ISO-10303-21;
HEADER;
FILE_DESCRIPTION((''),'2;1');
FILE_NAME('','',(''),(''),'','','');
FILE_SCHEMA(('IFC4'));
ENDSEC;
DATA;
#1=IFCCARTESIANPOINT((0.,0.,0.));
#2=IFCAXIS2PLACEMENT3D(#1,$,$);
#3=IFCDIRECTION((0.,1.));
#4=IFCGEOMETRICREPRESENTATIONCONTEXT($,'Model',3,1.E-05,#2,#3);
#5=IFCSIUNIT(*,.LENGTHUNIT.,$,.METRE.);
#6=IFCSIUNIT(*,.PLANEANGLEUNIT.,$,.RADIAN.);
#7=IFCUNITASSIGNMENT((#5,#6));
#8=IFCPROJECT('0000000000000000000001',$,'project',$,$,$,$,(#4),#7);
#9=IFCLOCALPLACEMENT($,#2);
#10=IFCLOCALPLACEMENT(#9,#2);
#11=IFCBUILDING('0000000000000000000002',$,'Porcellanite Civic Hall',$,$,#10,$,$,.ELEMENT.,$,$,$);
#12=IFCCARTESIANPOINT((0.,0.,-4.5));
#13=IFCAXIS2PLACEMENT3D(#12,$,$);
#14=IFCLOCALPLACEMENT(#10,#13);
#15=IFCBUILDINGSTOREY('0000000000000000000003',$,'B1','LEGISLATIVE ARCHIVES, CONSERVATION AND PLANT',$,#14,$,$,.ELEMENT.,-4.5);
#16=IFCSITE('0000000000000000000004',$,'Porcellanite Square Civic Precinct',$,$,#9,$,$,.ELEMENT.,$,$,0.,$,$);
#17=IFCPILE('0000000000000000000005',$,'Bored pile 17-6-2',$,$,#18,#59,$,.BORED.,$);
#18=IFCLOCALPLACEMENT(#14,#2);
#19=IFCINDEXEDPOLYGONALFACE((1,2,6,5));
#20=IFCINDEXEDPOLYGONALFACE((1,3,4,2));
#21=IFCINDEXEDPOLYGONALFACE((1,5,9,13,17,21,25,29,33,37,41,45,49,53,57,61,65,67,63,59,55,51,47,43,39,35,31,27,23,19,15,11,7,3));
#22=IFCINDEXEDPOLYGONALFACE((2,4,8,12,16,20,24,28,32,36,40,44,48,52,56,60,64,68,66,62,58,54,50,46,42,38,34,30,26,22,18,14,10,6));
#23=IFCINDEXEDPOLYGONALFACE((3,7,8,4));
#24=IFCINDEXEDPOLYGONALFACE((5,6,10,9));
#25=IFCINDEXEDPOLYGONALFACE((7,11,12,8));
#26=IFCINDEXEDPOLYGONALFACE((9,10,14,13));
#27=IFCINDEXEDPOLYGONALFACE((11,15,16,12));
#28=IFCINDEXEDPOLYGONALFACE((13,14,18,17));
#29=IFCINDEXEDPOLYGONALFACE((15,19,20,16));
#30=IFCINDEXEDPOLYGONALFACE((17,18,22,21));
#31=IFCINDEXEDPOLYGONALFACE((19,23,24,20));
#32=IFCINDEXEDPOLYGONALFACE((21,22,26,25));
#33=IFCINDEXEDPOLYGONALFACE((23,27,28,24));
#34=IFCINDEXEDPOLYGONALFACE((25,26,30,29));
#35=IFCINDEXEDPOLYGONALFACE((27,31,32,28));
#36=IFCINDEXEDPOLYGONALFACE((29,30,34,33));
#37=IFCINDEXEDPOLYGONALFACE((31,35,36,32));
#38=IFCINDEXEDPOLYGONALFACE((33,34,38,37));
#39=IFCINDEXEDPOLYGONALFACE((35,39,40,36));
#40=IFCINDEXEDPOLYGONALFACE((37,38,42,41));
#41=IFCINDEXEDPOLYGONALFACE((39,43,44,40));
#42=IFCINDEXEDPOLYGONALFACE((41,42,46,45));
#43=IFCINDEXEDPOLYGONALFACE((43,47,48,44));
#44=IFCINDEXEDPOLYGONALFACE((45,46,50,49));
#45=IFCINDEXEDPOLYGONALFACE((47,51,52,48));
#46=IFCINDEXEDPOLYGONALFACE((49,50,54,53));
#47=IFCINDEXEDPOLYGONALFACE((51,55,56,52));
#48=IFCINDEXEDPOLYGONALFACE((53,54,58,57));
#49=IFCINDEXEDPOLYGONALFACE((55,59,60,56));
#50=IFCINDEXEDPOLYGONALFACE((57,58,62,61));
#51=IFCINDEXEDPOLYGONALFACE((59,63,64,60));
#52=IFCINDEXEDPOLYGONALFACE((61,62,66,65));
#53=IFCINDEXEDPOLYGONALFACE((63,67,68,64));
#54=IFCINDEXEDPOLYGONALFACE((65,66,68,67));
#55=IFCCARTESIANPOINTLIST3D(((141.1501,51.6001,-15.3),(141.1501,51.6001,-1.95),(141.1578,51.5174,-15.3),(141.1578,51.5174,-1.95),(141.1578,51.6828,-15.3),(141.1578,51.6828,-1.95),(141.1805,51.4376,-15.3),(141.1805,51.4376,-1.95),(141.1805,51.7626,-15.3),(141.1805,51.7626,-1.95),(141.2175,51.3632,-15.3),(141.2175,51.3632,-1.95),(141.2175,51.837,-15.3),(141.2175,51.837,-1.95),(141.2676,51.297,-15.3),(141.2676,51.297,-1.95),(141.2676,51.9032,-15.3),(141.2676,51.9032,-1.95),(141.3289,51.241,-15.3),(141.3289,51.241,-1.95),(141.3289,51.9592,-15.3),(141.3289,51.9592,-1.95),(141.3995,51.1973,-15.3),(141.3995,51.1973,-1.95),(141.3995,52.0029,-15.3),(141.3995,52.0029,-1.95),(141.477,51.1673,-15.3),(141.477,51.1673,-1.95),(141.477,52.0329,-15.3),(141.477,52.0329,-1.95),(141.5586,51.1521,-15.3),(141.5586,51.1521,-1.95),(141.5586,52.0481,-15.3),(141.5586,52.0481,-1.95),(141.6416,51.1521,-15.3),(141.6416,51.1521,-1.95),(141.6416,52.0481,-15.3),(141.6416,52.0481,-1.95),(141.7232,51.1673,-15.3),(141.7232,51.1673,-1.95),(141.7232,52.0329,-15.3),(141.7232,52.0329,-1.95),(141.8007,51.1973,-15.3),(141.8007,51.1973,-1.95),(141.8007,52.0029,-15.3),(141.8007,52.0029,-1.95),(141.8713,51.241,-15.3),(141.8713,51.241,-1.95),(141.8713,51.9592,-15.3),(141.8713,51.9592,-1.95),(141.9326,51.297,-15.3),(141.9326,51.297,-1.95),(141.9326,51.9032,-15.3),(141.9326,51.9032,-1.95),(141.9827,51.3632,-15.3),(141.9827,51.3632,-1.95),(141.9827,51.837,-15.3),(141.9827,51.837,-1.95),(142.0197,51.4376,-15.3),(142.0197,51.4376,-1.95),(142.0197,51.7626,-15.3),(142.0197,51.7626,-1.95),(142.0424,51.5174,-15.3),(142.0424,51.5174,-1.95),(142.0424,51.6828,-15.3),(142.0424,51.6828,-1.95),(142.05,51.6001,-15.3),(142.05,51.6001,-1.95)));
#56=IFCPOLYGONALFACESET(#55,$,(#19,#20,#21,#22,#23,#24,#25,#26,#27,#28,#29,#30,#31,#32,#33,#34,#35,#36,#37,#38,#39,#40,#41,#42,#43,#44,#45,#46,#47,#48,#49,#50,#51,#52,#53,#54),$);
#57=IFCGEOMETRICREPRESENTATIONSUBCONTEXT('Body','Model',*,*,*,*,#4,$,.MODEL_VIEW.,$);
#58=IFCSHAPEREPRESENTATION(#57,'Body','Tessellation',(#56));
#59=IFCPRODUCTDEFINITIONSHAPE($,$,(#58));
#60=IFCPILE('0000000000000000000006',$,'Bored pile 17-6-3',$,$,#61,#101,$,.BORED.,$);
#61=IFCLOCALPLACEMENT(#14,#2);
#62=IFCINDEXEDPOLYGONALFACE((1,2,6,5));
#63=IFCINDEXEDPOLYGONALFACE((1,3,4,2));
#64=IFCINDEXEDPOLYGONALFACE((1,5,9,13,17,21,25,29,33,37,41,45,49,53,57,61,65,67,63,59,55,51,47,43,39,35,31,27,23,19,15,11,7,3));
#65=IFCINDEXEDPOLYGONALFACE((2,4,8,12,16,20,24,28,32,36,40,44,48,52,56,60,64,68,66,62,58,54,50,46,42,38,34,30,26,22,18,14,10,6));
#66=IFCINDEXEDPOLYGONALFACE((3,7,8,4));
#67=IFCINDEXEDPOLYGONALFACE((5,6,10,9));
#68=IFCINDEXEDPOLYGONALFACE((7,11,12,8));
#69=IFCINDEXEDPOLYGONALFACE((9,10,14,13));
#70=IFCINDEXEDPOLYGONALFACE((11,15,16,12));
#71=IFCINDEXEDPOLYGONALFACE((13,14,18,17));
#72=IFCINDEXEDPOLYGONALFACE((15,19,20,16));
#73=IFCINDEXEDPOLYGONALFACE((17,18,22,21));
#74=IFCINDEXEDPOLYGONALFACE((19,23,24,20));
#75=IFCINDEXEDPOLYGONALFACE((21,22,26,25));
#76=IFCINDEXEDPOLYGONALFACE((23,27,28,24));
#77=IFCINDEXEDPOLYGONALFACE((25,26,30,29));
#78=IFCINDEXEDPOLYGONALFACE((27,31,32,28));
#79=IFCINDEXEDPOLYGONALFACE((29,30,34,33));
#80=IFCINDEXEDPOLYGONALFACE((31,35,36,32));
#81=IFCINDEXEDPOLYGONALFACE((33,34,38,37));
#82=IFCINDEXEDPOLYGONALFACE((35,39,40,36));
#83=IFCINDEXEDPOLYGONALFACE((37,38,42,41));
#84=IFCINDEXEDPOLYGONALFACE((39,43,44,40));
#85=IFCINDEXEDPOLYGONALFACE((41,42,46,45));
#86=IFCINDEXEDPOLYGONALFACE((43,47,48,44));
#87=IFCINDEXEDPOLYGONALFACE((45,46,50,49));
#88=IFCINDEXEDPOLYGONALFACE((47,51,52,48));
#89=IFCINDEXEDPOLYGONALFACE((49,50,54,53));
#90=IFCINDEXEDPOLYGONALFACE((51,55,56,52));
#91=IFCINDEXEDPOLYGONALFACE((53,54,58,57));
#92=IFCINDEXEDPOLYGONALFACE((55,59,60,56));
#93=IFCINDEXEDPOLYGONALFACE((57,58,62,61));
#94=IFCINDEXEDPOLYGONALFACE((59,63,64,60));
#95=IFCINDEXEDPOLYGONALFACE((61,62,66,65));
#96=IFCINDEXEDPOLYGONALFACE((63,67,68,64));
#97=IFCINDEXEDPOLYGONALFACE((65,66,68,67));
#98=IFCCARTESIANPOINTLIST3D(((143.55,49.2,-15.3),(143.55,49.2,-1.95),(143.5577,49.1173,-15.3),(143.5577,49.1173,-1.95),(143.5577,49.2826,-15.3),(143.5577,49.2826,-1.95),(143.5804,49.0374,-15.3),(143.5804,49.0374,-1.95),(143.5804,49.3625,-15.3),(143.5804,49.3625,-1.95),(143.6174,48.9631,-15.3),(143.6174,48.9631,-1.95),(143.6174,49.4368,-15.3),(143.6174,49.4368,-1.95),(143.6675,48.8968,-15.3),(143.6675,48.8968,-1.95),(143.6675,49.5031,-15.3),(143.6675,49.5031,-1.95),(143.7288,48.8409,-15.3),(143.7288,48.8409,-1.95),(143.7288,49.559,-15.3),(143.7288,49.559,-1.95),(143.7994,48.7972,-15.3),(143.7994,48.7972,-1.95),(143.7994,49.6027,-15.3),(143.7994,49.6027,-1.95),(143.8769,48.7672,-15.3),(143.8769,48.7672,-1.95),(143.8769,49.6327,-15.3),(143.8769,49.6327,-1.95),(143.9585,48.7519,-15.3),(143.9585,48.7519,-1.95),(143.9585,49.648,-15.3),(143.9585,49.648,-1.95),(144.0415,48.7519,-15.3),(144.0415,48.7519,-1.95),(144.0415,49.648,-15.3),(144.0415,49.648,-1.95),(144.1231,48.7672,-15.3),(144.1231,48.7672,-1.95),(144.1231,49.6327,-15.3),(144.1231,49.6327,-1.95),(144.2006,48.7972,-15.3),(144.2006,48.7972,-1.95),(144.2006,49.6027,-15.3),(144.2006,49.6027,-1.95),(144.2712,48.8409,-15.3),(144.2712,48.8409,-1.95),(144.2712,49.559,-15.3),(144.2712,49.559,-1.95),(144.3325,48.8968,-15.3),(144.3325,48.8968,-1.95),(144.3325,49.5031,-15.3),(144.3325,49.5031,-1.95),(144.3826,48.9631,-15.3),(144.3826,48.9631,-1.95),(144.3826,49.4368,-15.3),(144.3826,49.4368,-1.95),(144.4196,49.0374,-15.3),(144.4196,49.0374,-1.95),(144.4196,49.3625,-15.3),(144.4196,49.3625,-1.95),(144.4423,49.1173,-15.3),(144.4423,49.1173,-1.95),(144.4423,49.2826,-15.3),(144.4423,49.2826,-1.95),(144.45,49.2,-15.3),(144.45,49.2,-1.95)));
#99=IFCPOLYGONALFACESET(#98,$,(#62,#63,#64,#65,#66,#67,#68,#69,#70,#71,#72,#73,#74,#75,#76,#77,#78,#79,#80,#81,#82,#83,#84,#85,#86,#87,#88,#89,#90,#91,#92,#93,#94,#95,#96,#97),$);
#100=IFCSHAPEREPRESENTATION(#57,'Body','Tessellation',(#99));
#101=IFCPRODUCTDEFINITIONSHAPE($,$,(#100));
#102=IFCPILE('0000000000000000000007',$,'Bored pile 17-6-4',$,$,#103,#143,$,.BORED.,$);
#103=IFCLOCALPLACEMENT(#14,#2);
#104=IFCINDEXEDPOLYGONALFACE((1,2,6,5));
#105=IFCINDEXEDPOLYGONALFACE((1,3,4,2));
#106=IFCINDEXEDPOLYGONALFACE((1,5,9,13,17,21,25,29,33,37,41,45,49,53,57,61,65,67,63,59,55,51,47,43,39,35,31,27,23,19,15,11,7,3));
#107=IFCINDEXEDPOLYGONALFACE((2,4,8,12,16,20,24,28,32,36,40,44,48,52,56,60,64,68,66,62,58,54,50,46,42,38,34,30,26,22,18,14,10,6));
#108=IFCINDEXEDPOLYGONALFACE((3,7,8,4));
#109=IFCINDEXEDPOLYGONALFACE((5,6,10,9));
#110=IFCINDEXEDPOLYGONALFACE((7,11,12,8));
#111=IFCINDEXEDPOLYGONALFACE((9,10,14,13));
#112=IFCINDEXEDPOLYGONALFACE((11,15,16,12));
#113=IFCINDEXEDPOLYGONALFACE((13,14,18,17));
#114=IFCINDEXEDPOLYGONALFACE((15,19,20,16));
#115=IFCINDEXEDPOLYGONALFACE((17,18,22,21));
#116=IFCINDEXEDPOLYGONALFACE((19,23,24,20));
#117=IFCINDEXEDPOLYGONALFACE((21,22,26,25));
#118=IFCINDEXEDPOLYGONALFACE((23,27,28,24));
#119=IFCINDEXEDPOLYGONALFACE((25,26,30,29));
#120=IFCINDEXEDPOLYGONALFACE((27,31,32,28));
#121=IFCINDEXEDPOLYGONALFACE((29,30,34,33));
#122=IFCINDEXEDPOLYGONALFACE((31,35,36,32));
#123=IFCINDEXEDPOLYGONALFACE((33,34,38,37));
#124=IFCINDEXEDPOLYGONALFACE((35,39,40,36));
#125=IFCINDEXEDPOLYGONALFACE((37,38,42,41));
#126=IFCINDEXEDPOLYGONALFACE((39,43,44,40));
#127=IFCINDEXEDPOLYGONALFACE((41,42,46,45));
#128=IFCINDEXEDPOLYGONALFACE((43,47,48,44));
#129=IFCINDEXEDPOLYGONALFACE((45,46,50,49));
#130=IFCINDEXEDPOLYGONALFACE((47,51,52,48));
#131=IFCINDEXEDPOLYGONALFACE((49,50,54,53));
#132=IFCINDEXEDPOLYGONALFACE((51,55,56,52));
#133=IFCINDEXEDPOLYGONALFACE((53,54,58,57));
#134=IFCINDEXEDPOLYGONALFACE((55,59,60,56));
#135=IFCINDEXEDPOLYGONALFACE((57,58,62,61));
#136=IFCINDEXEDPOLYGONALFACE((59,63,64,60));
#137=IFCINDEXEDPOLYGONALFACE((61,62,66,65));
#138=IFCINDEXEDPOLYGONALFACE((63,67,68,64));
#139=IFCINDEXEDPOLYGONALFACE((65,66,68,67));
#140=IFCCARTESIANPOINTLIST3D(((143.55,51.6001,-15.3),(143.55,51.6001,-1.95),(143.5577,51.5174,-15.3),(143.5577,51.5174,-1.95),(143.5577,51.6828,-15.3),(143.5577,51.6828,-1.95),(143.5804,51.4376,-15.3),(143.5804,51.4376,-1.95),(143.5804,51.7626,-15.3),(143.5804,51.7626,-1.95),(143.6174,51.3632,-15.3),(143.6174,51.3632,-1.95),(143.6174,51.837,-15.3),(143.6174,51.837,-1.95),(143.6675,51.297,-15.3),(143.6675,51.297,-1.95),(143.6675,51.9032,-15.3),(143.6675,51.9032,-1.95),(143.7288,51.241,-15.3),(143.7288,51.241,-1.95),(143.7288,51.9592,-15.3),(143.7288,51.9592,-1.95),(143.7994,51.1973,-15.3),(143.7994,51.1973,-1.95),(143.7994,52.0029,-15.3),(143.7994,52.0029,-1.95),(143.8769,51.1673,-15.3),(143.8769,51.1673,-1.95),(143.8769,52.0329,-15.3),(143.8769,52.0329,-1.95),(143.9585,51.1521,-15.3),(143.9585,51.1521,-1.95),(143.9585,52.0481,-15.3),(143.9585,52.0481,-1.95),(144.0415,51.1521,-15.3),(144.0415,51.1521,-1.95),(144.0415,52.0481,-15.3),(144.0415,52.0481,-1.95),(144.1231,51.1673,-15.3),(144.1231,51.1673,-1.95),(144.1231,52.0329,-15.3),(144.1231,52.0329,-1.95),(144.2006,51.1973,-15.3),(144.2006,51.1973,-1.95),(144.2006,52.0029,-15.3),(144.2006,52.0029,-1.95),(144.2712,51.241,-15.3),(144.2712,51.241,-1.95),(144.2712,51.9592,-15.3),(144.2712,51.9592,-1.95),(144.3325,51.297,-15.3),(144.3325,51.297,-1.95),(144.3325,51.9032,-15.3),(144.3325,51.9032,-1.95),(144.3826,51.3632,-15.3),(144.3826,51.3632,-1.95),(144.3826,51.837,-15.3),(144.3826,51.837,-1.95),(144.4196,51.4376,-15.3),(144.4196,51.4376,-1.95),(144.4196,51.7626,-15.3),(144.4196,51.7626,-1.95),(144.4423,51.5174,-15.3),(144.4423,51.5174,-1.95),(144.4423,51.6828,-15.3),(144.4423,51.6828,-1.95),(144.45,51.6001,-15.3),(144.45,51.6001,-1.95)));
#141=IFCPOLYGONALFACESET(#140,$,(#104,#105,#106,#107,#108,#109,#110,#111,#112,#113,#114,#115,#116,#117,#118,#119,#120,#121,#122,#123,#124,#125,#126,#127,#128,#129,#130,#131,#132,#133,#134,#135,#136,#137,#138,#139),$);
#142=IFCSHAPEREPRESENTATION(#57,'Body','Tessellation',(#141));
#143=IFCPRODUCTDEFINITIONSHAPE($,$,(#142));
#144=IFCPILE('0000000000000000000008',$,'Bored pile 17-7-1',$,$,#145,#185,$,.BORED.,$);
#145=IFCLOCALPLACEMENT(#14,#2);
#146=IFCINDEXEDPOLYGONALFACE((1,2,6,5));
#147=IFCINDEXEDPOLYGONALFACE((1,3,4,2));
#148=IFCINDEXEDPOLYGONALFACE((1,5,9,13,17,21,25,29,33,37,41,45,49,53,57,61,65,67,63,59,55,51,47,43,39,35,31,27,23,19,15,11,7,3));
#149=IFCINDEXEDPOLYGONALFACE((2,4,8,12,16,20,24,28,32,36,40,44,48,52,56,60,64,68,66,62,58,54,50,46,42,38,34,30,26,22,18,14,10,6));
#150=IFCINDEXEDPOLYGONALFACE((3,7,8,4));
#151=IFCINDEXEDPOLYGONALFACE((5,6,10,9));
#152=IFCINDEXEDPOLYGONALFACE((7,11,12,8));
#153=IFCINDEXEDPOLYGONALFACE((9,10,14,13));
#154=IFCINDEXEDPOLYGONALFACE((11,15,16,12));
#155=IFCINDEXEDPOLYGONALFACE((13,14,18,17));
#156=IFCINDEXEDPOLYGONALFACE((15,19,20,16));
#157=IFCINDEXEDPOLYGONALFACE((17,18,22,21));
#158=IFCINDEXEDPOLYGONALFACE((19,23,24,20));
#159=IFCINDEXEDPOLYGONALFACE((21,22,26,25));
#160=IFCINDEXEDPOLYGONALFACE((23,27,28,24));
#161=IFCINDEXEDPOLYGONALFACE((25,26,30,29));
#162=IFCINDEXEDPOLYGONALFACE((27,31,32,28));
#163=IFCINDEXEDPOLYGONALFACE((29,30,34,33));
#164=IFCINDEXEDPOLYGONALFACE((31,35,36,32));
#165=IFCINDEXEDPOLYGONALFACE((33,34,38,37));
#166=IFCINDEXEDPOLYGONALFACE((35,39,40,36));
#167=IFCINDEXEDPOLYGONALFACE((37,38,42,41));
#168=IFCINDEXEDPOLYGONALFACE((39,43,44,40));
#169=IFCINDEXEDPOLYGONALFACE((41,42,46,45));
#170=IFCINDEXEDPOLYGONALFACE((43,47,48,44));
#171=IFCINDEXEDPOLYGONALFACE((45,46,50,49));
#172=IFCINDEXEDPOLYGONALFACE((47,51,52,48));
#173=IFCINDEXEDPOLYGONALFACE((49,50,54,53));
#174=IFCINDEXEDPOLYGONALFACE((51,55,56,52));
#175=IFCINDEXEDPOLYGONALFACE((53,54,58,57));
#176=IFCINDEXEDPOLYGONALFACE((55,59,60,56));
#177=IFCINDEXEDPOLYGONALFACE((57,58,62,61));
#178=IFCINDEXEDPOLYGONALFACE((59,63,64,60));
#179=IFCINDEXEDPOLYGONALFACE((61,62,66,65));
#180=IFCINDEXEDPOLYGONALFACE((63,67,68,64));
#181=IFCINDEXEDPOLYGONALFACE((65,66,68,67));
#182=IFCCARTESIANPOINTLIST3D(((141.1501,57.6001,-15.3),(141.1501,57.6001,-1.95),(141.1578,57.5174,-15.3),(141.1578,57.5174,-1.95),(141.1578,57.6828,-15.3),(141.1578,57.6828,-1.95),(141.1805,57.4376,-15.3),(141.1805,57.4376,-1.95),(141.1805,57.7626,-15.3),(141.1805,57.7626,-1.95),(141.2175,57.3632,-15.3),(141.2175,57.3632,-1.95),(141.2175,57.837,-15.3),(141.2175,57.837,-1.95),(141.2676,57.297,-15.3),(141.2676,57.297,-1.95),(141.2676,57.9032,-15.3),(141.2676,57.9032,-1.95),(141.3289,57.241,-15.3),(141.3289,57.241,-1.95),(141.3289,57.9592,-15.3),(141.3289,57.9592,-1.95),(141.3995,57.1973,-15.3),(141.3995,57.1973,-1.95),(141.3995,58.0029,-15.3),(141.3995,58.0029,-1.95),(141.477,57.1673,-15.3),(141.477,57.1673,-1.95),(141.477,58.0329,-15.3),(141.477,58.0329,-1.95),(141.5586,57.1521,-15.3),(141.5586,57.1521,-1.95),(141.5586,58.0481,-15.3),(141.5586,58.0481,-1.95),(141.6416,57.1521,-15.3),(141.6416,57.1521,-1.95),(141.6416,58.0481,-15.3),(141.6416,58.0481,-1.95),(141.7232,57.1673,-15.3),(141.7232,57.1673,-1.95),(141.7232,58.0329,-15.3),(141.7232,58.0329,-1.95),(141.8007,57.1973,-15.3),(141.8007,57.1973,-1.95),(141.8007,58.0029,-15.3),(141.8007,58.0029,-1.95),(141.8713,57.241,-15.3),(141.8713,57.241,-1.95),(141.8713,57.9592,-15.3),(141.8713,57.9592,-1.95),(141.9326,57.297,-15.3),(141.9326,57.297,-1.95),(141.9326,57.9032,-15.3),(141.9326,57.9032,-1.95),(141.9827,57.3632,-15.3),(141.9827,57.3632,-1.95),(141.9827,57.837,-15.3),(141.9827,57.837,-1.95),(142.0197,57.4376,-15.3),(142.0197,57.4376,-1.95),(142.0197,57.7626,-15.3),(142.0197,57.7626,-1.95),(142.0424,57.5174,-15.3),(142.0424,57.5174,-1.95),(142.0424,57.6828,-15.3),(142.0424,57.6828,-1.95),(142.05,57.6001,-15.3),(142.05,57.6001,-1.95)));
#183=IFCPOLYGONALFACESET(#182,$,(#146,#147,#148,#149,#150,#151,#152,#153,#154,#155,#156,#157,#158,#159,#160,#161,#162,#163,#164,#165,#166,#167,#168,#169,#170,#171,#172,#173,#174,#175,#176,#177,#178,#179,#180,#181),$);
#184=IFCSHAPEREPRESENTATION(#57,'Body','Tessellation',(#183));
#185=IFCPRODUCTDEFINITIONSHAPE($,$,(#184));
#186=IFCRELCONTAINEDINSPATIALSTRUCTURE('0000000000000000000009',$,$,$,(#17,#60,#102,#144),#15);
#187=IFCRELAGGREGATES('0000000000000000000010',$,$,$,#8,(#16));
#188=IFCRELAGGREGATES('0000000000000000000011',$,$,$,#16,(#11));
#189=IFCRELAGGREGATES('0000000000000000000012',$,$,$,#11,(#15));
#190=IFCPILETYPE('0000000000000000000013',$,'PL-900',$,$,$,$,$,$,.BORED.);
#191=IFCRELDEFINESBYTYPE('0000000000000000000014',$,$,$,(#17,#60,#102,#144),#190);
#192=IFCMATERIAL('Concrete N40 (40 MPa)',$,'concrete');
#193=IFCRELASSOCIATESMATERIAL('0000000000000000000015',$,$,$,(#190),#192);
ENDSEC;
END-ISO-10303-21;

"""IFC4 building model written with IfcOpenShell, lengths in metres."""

from ifc_helpers import new_model, si_unit, direction, frame, origin, origin_2d, place, context, subcontext, project, spatial, circle, extrude, material, material_profile, profile_set, type_object, element, save


model = new_model("IFC4")

# Units and contexts
model_context = context("Model", 3, precision=1e-05, world=origin(), true_north=direction((0.0, 1.0)))
body_context = subcontext(model_context, "Body", "Model", "MODEL_VIEW")
ifc_project = project(units=[si_unit("LENGTHUNIT", "METRE"), si_unit("PLANEANGLEUNIT", "RADIAN")], contexts=[model_context])

# Site, building, storey
site_placement = place(None, origin())
site = spatial("IfcSite", under=ifc_project, at=site_placement, Name="Porcellanite Square Civic Precinct", CompositionType="ELEMENT", RefElevation=0.0)
building_placement = place(site_placement, origin())
building = spatial("IfcBuilding", under=site, at=building_placement, Name="Porcellanite Civic Hall", CompositionType="ELEMENT")
storey_placement = place(building_placement, frame((0.0, 0.0, -4.5)))
storey = spatial("IfcBuildingStorey", under=building, at=storey_placement, Name="B1", Description="LEGISLATIVE ARCHIVES, CONSERVATION AND PLANT", CompositionType="ELEMENT", Elevation=-4.5)

# Piles
ifc_material_1 = material(Name="Concrete N40 (40 MPa)", Category="concrete")
ifc_material_profile_1 = material_profile(ifc_material_1, circle(Radius=0.45, at=origin_2d()), Name="PILE-D900")
ifc_profile_set_1 = profile_set([ifc_material_profile_1], Name="Concrete N40 (40 MPa)")
pile_type = type_object("IfcPileType", Name="PL-900", PredefinedType="BORED", material=ifc_profile_set_1)
for number, where, z_axis, x_axis, name in (
    (1, (141.6001, 51.6001, -1.95), (0.0, 0.0, -1.0), (1.0, 0.0, 0.0), "Bored pile 17-6-2"),
    (2, (144.0, 49.2, -1.95), (0.0, 0.0, -1.0), (1.0, 0.0, 0.0), "Bored pile 17-6-3"),
    (3, (144.0, 51.6001, -1.95), (0.0, 0.0, -1.0), (1.0, 0.0, 0.0), "Bored pile 17-6-4"),
    (4, (141.6001, 57.6001, -1.95), (0.0, 0.0, -1.0), (1.0, 0.0, 0.0), "Bored pile 17-7-1"),
):
    element("IfcPile", number, at=place(storey_placement, frame(where, z_axis=z_axis, x_axis=x_axis)), inside=storey, type_object=pile_type, Name=name, PredefinedType="BORED", context=body_context, shape_type="SweptSolid", body=[
        extrude(circle(Radius=0.45, at=origin_2d()), origin(), (0.0, 0.0, 1.0), 13.3501),
    ])

save(model, "model.ifc")
